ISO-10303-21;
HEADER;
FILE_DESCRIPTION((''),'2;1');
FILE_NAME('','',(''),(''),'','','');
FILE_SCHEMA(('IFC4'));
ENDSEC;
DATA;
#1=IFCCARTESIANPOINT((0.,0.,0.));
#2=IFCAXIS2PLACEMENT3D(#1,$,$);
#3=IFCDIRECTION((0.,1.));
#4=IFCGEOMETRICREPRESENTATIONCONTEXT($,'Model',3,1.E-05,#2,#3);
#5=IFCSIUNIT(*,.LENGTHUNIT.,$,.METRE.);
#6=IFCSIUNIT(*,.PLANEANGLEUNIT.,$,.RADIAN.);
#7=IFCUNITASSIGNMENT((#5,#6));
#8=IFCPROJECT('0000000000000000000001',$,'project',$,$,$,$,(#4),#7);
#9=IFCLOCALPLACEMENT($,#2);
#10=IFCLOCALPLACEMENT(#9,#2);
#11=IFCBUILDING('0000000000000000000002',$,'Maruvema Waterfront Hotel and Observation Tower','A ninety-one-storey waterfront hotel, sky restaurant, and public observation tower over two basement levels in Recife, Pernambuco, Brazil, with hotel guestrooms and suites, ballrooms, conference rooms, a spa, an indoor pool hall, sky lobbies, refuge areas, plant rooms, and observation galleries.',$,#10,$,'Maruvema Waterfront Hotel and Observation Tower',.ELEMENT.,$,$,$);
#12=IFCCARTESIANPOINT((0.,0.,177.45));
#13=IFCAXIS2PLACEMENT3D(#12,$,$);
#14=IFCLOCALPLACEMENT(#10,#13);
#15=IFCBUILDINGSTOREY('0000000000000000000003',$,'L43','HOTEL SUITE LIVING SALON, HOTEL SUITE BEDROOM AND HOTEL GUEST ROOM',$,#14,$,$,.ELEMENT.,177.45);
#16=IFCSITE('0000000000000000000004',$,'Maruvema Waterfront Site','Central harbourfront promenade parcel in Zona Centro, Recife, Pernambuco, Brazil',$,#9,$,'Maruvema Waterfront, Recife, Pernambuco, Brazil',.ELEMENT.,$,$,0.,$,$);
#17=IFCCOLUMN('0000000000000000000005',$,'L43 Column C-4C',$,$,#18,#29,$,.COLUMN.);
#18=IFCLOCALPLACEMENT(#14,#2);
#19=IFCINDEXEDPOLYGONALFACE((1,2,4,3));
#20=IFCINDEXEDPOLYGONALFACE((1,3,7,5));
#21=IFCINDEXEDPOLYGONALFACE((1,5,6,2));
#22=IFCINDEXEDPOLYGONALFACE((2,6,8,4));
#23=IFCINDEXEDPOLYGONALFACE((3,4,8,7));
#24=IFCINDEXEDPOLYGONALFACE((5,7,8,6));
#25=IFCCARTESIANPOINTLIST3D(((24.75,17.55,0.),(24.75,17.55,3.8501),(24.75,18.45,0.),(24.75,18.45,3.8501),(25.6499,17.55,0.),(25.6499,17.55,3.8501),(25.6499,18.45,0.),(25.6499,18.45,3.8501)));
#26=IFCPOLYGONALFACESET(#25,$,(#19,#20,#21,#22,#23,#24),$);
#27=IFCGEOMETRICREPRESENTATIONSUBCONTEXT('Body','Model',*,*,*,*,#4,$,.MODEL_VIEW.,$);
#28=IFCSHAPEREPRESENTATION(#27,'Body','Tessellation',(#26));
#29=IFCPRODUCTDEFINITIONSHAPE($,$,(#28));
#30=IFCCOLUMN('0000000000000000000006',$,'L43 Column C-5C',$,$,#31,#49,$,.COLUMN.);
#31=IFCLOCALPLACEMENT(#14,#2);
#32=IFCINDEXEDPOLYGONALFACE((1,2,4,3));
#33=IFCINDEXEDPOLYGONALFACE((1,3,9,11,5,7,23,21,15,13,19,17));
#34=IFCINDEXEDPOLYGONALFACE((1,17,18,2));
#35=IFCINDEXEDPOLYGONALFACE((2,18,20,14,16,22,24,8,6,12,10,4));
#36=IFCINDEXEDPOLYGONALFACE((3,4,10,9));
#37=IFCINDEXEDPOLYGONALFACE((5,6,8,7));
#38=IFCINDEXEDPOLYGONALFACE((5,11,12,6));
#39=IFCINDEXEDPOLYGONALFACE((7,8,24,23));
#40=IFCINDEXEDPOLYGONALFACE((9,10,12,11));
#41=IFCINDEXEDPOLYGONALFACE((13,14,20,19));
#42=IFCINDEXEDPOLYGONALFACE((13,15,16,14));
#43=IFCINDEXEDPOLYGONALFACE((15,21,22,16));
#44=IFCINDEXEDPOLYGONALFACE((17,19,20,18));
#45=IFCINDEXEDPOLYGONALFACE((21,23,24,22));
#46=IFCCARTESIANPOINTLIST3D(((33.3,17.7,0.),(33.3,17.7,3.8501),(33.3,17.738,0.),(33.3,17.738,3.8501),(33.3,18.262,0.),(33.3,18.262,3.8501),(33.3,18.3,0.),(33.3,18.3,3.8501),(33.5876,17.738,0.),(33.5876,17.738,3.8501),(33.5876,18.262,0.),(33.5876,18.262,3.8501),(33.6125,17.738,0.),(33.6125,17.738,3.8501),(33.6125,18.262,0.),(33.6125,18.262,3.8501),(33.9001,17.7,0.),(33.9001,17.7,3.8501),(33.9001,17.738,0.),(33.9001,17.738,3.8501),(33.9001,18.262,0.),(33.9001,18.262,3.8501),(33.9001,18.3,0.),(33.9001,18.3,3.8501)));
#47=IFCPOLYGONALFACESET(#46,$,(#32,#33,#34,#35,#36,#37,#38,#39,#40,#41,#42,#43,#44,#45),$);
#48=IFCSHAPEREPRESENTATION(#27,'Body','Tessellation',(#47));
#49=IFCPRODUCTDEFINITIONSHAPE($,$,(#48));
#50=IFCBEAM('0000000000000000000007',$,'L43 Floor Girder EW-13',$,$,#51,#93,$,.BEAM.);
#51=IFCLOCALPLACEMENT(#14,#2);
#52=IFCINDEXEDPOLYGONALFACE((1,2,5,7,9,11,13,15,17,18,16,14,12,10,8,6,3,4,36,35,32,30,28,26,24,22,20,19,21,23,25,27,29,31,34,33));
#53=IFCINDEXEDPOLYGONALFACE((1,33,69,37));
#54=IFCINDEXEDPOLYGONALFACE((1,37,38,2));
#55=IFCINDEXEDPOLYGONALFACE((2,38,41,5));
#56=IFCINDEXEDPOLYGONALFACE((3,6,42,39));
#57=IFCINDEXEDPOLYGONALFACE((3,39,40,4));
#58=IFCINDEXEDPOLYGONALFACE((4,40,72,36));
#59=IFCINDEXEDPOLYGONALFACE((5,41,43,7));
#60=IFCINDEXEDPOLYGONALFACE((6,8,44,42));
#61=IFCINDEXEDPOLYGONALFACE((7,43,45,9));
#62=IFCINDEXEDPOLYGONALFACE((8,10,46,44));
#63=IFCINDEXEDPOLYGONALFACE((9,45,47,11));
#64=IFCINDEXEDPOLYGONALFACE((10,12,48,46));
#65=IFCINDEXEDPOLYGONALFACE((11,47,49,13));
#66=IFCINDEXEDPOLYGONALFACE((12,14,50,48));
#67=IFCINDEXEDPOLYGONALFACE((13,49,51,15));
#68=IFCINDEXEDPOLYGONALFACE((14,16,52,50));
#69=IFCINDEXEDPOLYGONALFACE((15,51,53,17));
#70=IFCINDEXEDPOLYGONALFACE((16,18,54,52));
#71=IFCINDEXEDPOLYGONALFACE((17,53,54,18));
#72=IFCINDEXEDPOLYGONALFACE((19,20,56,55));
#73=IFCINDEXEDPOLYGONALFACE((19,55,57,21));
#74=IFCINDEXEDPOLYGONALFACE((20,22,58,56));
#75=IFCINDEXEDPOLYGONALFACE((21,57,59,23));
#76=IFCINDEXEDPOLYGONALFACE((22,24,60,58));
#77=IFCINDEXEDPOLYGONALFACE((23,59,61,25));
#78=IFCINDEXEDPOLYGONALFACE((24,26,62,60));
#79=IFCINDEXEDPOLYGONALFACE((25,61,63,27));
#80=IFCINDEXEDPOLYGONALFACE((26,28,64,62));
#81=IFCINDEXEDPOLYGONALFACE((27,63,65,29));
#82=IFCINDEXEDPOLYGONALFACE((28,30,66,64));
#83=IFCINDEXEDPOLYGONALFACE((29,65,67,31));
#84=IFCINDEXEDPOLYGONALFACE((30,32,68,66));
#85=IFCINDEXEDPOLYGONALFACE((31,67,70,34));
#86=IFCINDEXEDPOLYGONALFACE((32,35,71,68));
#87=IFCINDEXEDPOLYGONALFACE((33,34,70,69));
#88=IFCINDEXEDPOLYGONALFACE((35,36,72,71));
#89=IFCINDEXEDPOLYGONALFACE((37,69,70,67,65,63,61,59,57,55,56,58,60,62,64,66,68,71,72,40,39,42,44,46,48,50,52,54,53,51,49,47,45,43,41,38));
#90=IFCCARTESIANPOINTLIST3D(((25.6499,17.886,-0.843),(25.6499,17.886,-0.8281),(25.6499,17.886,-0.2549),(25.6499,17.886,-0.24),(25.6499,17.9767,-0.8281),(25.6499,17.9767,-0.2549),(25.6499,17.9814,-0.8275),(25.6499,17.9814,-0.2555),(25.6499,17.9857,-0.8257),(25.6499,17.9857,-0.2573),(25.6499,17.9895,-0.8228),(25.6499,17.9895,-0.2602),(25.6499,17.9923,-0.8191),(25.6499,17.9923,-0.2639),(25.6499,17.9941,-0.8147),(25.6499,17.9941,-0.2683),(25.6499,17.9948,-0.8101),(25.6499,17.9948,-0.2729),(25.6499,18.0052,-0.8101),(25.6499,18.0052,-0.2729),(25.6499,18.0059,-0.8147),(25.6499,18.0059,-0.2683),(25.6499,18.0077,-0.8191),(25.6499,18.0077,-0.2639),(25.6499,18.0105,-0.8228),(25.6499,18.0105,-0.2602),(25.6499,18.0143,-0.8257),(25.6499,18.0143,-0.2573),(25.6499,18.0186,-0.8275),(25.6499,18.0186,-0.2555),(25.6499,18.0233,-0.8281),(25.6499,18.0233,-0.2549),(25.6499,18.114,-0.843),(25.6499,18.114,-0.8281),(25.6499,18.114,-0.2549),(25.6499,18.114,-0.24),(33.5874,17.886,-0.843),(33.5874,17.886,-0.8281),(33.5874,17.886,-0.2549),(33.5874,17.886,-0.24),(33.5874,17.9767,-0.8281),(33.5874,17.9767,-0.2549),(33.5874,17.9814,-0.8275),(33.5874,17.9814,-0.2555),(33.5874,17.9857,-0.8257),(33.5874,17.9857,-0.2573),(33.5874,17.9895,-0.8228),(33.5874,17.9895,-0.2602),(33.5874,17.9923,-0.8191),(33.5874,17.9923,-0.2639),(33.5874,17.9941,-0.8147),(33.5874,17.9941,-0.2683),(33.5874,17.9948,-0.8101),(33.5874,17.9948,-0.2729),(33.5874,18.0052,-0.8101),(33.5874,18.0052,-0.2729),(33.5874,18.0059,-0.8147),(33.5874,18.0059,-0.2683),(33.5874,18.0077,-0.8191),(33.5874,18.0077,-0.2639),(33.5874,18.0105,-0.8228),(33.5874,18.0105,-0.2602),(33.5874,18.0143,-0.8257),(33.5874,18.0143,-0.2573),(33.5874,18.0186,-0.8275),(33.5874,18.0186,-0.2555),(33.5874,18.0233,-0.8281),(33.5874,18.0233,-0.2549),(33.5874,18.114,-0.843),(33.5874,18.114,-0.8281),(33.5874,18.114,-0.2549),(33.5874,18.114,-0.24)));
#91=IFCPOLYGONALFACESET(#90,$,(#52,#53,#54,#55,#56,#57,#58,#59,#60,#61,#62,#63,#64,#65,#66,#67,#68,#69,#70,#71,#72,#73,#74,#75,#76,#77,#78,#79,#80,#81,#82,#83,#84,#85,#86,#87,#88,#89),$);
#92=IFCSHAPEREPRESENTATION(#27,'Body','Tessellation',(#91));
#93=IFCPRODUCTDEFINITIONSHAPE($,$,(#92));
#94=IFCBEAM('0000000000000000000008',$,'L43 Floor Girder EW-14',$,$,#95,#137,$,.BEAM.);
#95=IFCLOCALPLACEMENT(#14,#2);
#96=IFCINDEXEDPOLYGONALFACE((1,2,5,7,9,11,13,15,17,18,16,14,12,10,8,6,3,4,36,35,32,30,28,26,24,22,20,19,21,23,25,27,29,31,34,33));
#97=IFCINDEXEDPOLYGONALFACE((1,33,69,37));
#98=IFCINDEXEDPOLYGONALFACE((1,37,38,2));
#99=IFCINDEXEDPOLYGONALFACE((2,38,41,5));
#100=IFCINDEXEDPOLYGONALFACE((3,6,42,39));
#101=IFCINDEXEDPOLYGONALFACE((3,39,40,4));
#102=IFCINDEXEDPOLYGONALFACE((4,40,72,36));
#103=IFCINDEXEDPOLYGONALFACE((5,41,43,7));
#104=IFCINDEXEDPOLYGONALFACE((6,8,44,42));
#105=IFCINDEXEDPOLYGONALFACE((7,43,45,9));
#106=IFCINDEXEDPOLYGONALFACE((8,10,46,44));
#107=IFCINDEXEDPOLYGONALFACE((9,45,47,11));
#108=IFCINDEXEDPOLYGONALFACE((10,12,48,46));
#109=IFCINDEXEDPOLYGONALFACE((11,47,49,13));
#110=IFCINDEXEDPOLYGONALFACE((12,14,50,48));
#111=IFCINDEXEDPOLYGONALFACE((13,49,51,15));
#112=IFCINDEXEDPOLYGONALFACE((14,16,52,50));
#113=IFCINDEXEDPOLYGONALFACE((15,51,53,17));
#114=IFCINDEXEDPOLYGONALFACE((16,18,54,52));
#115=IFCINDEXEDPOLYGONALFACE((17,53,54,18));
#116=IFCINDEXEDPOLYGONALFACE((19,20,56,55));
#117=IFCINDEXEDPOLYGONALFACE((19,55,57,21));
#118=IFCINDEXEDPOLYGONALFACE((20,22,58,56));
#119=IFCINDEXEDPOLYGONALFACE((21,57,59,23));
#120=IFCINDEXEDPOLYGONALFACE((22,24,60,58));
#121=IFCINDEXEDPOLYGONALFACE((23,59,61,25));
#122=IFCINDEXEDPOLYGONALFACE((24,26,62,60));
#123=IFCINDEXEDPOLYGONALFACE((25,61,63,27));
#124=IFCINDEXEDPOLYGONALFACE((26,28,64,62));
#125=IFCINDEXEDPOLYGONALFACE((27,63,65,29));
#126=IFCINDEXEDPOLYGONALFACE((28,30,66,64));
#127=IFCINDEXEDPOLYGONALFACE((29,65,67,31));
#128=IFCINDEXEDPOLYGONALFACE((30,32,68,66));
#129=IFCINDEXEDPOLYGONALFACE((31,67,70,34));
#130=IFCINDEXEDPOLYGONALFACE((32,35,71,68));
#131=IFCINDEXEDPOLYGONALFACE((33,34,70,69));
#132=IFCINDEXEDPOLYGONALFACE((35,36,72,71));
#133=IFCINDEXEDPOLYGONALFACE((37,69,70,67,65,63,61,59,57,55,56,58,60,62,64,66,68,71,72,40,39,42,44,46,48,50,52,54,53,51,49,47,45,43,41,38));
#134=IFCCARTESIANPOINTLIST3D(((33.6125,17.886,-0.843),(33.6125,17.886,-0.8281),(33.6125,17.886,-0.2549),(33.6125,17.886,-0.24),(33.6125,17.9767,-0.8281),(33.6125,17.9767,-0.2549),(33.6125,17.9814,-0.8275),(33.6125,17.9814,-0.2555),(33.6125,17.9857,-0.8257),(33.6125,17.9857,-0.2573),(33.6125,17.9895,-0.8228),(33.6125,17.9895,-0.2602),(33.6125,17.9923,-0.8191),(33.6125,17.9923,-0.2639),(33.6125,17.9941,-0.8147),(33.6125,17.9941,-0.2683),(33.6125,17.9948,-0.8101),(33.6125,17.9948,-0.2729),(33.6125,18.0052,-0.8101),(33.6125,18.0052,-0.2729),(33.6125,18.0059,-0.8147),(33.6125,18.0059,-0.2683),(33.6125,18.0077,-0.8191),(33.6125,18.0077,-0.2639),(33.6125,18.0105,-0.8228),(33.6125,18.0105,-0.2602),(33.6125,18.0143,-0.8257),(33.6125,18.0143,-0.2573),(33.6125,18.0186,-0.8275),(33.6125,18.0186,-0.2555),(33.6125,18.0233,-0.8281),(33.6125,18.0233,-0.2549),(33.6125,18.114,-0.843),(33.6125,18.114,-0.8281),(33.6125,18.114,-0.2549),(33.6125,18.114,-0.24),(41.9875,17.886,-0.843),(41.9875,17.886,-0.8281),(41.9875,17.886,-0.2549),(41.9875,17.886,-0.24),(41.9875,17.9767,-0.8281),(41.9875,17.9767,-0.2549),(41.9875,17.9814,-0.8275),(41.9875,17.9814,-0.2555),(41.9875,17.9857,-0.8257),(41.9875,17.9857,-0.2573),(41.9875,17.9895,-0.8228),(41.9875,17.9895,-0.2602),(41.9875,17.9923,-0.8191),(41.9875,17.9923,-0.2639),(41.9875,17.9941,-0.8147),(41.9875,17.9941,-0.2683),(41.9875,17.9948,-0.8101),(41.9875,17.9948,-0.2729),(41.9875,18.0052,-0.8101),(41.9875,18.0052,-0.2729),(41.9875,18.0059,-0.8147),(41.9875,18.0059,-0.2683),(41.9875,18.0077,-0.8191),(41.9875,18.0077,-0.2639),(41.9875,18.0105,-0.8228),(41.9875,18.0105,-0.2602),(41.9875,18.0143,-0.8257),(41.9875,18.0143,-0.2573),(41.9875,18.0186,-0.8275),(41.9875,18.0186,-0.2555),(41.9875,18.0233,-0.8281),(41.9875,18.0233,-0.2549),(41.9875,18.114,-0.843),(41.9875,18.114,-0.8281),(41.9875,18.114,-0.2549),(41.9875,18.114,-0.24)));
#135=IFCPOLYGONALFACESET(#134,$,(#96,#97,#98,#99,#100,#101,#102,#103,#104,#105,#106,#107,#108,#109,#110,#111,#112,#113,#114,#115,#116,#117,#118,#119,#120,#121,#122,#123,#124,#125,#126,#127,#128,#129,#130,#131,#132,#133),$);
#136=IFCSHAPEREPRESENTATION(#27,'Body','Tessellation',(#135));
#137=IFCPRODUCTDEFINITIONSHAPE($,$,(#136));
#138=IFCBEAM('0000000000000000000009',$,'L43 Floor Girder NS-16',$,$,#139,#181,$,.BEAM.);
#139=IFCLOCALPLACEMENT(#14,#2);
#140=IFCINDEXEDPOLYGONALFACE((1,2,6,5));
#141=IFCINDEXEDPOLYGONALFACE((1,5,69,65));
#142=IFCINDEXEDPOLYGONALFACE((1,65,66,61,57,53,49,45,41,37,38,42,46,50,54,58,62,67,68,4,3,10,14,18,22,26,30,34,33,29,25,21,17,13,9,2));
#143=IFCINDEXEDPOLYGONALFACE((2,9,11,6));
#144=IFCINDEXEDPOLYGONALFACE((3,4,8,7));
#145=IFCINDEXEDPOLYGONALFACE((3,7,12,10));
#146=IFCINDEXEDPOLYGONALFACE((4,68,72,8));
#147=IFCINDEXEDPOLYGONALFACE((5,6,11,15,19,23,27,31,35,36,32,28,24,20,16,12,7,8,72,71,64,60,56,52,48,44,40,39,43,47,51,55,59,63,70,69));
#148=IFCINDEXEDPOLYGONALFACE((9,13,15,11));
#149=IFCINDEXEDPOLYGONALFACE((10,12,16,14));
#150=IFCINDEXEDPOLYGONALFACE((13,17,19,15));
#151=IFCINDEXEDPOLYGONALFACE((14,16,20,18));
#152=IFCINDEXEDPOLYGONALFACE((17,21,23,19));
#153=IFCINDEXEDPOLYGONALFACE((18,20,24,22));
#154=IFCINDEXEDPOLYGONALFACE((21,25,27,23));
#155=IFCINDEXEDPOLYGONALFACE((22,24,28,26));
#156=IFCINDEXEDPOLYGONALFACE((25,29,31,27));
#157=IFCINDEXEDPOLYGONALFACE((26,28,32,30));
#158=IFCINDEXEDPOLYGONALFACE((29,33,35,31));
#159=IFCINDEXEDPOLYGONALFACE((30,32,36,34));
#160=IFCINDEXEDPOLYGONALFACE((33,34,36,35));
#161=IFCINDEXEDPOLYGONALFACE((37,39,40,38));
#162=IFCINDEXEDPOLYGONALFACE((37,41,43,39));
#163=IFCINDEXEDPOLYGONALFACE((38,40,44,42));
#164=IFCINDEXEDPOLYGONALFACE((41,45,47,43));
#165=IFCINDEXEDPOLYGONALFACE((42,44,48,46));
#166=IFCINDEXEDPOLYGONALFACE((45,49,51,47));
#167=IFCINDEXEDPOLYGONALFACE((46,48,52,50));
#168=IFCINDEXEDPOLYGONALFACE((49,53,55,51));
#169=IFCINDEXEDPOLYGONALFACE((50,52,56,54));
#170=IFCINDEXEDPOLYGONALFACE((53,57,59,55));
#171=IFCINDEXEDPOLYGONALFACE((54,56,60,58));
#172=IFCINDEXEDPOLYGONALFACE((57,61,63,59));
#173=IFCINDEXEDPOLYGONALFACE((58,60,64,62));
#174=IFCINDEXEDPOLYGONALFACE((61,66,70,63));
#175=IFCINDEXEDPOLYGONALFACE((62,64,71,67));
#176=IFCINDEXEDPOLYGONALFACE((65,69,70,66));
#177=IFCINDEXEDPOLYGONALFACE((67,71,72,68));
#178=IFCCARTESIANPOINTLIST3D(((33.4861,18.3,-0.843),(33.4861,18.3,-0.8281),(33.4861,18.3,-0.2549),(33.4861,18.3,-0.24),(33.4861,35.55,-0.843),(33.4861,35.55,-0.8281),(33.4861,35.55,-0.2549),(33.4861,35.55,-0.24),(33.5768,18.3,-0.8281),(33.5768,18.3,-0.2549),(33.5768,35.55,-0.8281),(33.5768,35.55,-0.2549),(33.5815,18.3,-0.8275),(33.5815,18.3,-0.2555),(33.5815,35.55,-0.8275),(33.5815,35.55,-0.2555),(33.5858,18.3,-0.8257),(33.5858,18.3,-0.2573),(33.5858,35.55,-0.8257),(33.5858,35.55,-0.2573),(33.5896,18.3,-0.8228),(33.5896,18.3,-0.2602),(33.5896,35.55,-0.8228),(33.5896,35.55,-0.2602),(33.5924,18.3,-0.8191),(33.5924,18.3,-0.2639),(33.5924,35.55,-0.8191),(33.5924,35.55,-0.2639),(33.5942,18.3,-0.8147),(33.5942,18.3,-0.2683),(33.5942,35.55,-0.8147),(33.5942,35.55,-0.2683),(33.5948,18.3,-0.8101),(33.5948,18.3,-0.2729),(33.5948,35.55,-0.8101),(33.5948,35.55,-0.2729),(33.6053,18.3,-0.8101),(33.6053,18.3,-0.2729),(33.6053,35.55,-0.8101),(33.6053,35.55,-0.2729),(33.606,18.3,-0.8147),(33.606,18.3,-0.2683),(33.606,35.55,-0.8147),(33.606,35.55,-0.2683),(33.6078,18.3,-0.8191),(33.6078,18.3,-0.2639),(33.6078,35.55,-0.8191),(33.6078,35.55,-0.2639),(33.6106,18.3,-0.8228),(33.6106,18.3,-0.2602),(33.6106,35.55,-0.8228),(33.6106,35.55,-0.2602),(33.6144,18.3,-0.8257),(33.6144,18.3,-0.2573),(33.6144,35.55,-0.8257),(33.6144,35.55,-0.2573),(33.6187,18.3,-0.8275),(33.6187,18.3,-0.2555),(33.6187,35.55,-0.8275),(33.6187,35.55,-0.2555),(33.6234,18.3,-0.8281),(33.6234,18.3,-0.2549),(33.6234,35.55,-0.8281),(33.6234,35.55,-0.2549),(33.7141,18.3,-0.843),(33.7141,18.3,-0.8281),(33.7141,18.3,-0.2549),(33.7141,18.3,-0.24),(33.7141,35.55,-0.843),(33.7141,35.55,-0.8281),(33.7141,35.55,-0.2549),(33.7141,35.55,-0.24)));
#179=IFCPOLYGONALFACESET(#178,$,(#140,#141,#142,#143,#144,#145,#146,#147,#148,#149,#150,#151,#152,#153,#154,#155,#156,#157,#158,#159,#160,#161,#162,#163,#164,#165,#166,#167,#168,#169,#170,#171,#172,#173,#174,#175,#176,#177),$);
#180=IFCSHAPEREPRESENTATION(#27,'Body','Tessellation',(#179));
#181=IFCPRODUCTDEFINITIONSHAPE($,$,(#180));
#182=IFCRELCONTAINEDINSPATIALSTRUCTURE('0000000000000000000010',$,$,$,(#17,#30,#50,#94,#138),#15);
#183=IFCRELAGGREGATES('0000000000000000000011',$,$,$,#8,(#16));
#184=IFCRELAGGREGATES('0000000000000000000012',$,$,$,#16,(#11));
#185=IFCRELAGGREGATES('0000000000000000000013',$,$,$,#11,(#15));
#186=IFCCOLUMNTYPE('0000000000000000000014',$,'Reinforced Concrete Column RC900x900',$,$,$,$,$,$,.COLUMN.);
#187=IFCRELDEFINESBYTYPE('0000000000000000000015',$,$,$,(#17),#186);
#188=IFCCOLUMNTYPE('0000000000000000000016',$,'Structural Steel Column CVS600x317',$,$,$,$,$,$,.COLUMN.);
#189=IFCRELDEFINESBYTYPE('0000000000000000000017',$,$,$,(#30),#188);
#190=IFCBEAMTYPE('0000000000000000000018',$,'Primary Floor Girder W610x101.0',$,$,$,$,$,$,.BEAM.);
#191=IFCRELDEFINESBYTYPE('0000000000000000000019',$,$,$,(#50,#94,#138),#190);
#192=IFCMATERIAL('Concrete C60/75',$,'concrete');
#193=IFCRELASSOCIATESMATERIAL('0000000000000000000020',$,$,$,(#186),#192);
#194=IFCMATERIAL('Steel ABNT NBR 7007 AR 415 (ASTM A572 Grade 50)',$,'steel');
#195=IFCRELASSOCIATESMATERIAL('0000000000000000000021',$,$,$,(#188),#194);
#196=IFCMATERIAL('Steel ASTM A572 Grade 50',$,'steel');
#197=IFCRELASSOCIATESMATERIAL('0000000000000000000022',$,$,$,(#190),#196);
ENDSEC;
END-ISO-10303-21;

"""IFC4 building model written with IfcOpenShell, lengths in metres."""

from ifc_helpers import new_model, si_unit, direction, frame, origin, origin_2d, place, context, subcontext, project, spatial, rectangle, i_section, extrude, material, material_profile, profile_set, type_object, element, save


model = new_model("IFC4")

# Units and contexts
model_context = context("Model", 3, precision=1e-05, world=origin(), true_north=direction((0.0, 1.0)))
body_context = subcontext(model_context, "Body", "Model", "MODEL_VIEW")
ifc_project = project(units=[si_unit("LENGTHUNIT", "METRE"), si_unit("PLANEANGLEUNIT", "RADIAN")], contexts=[model_context])

# Site, building, storey
site_placement = place(None, origin())
site = spatial("IfcSite", under=ifc_project, at=site_placement, Name="Maruvema Waterfront Site", Description="Central harbourfront promenade parcel in Zona Centro, Recife, Pernambuco, Brazil", LongName="Maruvema Waterfront, Recife, Pernambuco, Brazil", CompositionType="ELEMENT", RefElevation=0.0)
building_placement = place(site_placement, origin())
building = spatial("IfcBuilding", under=site, at=building_placement, Name="Maruvema Waterfront Hotel and Observation Tower", Description="A ninety-one-storey waterfront hotel, sky restaurant, and public observation tower over two basement levels in Recife, Pernambuco, Brazil, with hotel guestrooms and suites, ballrooms, conference rooms, a spa, an indoor pool hall, sky lobbies, refuge areas, plant rooms, and observation galleries.", LongName="Maruvema Waterfront Hotel and Observation Tower", CompositionType="ELEMENT")
storey_placement = place(building_placement, frame((0.0, 0.0, 177.45)))
storey = spatial("IfcBuildingStorey", under=building, at=storey_placement, Name="L43", Description="HOTEL SUITE LIVING SALON, HOTEL SUITE BEDROOM AND HOTEL GUEST ROOM", CompositionType="ELEMENT", Elevation=177.45)

# Columns
ifc_material_1 = material(Name="Concrete C60/75", Category="concrete")
ifc_material_profile_1 = material_profile(ifc_material_1, rectangle(XDim=0.8999, YDim=0.8999, at=origin_2d()), Name="RC900x900")
ifc_profile_set_1 = profile_set([ifc_material_profile_1], Name="Concrete C60/75")
column_type_1 = type_object("IfcColumnType", Name="Reinforced Concrete Column RC900x900", PredefinedType="COLUMN", material=ifc_profile_set_1)
column_1_placement = place(storey_placement, frame((25.2, 18.0, 0.0), z_axis=(0.0, 0.0, 1.0), x_axis=(1.0, 0.0, 0.0)))
element("IfcColumn", 1, at=column_1_placement, inside=storey, type_object=column_type_1, Name="L43 Column C-4C", PredefinedType="COLUMN", context=body_context, shape_type="SweptSolid", body=[
    extrude(rectangle(XDim=0.8999, YDim=0.8999, at=origin_2d()), origin(), (0.0, 0.0, 1.0), 3.8501),
])
ifc_material_2 = material(Name="Steel ABNT NBR 7007 AR 415 (ASTM A572 Grade 50)", Category="steel")
ifc_material_profile_2 = material_profile(ifc_material_2, i_section(OverallWidth=0.6001, OverallDepth=0.6001, WebThickness=0.0249, FlangeThickness=0.0381, at=origin_2d()), Name="CVS600x317")
ifc_profile_set_2 = profile_set([ifc_material_profile_2], Name="Steel ABNT NBR 7007 AR 415 (ASTM A572 Grade 50)")
column_type_2 = type_object("IfcColumnType", Name="Structural Steel Column CVS600x317", PredefinedType="COLUMN", material=ifc_profile_set_2)
column_2_placement = place(storey_placement, frame((33.6001, 18.0, 0.0), z_axis=(0.0, 0.0, 1.0), x_axis=(1.0, 0.0, 0.0)))
element("IfcColumn", 2, at=column_2_placement, inside=storey, type_object=column_type_2, Name="L43 Column C-5C", PredefinedType="COLUMN", context=body_context, shape_type="SweptSolid", body=[
    extrude(i_section(OverallWidth=0.6001, OverallDepth=0.6001, WebThickness=0.0249, FlangeThickness=0.0381, at=origin_2d()), origin(), (0.0, 0.0, 1.0), 3.8501),
])

# Beams
ifc_material_3 = material(Name="Steel ASTM A572 Grade 50", Category="steel")
ifc_material_profile_3 = material_profile(ifc_material_3, i_section(OverallWidth=0.228, OverallDepth=0.603, WebThickness=0.0105, FlangeThickness=0.0149, FilletRadius=0.0181, at=origin_2d()), Name="W610x101.0")
ifc_profile_set_3 = profile_set([ifc_material_profile_3], Name="Steel ASTM A572 Grade 50")
beam_type = type_object("IfcBeamType", Name="Primary Floor Girder W610x101.0", PredefinedType="BEAM", material=ifc_profile_set_3)
beam_1_placement = place(storey_placement, frame((25.6499, 18.0, -0.5415), z_axis=(1.0, 0.0, 0.0), x_axis=(0.0, 1.0, 0.0)))
element("IfcBeam", 3, at=beam_1_placement, inside=storey, type_object=beam_type, Name="L43 Floor Girder EW-13", PredefinedType="BEAM", context=body_context, shape_type="SweptSolid", body=[
    extrude(i_section(OverallWidth=0.228, OverallDepth=0.603, WebThickness=0.0105, FlangeThickness=0.0149, FilletRadius=0.0181, at=origin_2d()), origin(), (0.0, 0.0, 1.0), 7.9375),
])
beam_2_placement = place(storey_placement, frame((33.6125, 18.0, -0.5415), z_axis=(1.0, 0.0, 0.0), x_axis=(0.0, 1.0, 0.0)))
element("IfcBeam", 4, at=beam_2_placement, inside=storey, type_object=beam_type, Name="L43 Floor Girder EW-14", PredefinedType="BEAM", context=body_context, shape_type="SweptSolid", body=[
    extrude(i_section(OverallWidth=0.228, OverallDepth=0.603, WebThickness=0.0105, FlangeThickness=0.0149, FilletRadius=0.0181, at=origin_2d()), origin(), (0.0, 0.0, 1.0), 8.375),
])
beam_3_placement = place(storey_placement, frame((33.6001, 18.3, -0.5415), z_axis=(0.0, 1.0, 0.0), x_axis=(-1.0, 0.0, 0.0)))
element("IfcBeam", 5, at=beam_3_placement, inside=storey, type_object=beam_type, Name="L43 Floor Girder NS-16", PredefinedType="BEAM", context=body_context, shape_type="SweptSolid", body=[
    extrude(i_section(OverallWidth=0.228, OverallDepth=0.603, WebThickness=0.0105, FlangeThickness=0.0149, FilletRadius=0.0181, at=origin_2d()), origin(), (0.0, 0.0, 1.0), 17.25),
])

save(model, "model.ifc")
